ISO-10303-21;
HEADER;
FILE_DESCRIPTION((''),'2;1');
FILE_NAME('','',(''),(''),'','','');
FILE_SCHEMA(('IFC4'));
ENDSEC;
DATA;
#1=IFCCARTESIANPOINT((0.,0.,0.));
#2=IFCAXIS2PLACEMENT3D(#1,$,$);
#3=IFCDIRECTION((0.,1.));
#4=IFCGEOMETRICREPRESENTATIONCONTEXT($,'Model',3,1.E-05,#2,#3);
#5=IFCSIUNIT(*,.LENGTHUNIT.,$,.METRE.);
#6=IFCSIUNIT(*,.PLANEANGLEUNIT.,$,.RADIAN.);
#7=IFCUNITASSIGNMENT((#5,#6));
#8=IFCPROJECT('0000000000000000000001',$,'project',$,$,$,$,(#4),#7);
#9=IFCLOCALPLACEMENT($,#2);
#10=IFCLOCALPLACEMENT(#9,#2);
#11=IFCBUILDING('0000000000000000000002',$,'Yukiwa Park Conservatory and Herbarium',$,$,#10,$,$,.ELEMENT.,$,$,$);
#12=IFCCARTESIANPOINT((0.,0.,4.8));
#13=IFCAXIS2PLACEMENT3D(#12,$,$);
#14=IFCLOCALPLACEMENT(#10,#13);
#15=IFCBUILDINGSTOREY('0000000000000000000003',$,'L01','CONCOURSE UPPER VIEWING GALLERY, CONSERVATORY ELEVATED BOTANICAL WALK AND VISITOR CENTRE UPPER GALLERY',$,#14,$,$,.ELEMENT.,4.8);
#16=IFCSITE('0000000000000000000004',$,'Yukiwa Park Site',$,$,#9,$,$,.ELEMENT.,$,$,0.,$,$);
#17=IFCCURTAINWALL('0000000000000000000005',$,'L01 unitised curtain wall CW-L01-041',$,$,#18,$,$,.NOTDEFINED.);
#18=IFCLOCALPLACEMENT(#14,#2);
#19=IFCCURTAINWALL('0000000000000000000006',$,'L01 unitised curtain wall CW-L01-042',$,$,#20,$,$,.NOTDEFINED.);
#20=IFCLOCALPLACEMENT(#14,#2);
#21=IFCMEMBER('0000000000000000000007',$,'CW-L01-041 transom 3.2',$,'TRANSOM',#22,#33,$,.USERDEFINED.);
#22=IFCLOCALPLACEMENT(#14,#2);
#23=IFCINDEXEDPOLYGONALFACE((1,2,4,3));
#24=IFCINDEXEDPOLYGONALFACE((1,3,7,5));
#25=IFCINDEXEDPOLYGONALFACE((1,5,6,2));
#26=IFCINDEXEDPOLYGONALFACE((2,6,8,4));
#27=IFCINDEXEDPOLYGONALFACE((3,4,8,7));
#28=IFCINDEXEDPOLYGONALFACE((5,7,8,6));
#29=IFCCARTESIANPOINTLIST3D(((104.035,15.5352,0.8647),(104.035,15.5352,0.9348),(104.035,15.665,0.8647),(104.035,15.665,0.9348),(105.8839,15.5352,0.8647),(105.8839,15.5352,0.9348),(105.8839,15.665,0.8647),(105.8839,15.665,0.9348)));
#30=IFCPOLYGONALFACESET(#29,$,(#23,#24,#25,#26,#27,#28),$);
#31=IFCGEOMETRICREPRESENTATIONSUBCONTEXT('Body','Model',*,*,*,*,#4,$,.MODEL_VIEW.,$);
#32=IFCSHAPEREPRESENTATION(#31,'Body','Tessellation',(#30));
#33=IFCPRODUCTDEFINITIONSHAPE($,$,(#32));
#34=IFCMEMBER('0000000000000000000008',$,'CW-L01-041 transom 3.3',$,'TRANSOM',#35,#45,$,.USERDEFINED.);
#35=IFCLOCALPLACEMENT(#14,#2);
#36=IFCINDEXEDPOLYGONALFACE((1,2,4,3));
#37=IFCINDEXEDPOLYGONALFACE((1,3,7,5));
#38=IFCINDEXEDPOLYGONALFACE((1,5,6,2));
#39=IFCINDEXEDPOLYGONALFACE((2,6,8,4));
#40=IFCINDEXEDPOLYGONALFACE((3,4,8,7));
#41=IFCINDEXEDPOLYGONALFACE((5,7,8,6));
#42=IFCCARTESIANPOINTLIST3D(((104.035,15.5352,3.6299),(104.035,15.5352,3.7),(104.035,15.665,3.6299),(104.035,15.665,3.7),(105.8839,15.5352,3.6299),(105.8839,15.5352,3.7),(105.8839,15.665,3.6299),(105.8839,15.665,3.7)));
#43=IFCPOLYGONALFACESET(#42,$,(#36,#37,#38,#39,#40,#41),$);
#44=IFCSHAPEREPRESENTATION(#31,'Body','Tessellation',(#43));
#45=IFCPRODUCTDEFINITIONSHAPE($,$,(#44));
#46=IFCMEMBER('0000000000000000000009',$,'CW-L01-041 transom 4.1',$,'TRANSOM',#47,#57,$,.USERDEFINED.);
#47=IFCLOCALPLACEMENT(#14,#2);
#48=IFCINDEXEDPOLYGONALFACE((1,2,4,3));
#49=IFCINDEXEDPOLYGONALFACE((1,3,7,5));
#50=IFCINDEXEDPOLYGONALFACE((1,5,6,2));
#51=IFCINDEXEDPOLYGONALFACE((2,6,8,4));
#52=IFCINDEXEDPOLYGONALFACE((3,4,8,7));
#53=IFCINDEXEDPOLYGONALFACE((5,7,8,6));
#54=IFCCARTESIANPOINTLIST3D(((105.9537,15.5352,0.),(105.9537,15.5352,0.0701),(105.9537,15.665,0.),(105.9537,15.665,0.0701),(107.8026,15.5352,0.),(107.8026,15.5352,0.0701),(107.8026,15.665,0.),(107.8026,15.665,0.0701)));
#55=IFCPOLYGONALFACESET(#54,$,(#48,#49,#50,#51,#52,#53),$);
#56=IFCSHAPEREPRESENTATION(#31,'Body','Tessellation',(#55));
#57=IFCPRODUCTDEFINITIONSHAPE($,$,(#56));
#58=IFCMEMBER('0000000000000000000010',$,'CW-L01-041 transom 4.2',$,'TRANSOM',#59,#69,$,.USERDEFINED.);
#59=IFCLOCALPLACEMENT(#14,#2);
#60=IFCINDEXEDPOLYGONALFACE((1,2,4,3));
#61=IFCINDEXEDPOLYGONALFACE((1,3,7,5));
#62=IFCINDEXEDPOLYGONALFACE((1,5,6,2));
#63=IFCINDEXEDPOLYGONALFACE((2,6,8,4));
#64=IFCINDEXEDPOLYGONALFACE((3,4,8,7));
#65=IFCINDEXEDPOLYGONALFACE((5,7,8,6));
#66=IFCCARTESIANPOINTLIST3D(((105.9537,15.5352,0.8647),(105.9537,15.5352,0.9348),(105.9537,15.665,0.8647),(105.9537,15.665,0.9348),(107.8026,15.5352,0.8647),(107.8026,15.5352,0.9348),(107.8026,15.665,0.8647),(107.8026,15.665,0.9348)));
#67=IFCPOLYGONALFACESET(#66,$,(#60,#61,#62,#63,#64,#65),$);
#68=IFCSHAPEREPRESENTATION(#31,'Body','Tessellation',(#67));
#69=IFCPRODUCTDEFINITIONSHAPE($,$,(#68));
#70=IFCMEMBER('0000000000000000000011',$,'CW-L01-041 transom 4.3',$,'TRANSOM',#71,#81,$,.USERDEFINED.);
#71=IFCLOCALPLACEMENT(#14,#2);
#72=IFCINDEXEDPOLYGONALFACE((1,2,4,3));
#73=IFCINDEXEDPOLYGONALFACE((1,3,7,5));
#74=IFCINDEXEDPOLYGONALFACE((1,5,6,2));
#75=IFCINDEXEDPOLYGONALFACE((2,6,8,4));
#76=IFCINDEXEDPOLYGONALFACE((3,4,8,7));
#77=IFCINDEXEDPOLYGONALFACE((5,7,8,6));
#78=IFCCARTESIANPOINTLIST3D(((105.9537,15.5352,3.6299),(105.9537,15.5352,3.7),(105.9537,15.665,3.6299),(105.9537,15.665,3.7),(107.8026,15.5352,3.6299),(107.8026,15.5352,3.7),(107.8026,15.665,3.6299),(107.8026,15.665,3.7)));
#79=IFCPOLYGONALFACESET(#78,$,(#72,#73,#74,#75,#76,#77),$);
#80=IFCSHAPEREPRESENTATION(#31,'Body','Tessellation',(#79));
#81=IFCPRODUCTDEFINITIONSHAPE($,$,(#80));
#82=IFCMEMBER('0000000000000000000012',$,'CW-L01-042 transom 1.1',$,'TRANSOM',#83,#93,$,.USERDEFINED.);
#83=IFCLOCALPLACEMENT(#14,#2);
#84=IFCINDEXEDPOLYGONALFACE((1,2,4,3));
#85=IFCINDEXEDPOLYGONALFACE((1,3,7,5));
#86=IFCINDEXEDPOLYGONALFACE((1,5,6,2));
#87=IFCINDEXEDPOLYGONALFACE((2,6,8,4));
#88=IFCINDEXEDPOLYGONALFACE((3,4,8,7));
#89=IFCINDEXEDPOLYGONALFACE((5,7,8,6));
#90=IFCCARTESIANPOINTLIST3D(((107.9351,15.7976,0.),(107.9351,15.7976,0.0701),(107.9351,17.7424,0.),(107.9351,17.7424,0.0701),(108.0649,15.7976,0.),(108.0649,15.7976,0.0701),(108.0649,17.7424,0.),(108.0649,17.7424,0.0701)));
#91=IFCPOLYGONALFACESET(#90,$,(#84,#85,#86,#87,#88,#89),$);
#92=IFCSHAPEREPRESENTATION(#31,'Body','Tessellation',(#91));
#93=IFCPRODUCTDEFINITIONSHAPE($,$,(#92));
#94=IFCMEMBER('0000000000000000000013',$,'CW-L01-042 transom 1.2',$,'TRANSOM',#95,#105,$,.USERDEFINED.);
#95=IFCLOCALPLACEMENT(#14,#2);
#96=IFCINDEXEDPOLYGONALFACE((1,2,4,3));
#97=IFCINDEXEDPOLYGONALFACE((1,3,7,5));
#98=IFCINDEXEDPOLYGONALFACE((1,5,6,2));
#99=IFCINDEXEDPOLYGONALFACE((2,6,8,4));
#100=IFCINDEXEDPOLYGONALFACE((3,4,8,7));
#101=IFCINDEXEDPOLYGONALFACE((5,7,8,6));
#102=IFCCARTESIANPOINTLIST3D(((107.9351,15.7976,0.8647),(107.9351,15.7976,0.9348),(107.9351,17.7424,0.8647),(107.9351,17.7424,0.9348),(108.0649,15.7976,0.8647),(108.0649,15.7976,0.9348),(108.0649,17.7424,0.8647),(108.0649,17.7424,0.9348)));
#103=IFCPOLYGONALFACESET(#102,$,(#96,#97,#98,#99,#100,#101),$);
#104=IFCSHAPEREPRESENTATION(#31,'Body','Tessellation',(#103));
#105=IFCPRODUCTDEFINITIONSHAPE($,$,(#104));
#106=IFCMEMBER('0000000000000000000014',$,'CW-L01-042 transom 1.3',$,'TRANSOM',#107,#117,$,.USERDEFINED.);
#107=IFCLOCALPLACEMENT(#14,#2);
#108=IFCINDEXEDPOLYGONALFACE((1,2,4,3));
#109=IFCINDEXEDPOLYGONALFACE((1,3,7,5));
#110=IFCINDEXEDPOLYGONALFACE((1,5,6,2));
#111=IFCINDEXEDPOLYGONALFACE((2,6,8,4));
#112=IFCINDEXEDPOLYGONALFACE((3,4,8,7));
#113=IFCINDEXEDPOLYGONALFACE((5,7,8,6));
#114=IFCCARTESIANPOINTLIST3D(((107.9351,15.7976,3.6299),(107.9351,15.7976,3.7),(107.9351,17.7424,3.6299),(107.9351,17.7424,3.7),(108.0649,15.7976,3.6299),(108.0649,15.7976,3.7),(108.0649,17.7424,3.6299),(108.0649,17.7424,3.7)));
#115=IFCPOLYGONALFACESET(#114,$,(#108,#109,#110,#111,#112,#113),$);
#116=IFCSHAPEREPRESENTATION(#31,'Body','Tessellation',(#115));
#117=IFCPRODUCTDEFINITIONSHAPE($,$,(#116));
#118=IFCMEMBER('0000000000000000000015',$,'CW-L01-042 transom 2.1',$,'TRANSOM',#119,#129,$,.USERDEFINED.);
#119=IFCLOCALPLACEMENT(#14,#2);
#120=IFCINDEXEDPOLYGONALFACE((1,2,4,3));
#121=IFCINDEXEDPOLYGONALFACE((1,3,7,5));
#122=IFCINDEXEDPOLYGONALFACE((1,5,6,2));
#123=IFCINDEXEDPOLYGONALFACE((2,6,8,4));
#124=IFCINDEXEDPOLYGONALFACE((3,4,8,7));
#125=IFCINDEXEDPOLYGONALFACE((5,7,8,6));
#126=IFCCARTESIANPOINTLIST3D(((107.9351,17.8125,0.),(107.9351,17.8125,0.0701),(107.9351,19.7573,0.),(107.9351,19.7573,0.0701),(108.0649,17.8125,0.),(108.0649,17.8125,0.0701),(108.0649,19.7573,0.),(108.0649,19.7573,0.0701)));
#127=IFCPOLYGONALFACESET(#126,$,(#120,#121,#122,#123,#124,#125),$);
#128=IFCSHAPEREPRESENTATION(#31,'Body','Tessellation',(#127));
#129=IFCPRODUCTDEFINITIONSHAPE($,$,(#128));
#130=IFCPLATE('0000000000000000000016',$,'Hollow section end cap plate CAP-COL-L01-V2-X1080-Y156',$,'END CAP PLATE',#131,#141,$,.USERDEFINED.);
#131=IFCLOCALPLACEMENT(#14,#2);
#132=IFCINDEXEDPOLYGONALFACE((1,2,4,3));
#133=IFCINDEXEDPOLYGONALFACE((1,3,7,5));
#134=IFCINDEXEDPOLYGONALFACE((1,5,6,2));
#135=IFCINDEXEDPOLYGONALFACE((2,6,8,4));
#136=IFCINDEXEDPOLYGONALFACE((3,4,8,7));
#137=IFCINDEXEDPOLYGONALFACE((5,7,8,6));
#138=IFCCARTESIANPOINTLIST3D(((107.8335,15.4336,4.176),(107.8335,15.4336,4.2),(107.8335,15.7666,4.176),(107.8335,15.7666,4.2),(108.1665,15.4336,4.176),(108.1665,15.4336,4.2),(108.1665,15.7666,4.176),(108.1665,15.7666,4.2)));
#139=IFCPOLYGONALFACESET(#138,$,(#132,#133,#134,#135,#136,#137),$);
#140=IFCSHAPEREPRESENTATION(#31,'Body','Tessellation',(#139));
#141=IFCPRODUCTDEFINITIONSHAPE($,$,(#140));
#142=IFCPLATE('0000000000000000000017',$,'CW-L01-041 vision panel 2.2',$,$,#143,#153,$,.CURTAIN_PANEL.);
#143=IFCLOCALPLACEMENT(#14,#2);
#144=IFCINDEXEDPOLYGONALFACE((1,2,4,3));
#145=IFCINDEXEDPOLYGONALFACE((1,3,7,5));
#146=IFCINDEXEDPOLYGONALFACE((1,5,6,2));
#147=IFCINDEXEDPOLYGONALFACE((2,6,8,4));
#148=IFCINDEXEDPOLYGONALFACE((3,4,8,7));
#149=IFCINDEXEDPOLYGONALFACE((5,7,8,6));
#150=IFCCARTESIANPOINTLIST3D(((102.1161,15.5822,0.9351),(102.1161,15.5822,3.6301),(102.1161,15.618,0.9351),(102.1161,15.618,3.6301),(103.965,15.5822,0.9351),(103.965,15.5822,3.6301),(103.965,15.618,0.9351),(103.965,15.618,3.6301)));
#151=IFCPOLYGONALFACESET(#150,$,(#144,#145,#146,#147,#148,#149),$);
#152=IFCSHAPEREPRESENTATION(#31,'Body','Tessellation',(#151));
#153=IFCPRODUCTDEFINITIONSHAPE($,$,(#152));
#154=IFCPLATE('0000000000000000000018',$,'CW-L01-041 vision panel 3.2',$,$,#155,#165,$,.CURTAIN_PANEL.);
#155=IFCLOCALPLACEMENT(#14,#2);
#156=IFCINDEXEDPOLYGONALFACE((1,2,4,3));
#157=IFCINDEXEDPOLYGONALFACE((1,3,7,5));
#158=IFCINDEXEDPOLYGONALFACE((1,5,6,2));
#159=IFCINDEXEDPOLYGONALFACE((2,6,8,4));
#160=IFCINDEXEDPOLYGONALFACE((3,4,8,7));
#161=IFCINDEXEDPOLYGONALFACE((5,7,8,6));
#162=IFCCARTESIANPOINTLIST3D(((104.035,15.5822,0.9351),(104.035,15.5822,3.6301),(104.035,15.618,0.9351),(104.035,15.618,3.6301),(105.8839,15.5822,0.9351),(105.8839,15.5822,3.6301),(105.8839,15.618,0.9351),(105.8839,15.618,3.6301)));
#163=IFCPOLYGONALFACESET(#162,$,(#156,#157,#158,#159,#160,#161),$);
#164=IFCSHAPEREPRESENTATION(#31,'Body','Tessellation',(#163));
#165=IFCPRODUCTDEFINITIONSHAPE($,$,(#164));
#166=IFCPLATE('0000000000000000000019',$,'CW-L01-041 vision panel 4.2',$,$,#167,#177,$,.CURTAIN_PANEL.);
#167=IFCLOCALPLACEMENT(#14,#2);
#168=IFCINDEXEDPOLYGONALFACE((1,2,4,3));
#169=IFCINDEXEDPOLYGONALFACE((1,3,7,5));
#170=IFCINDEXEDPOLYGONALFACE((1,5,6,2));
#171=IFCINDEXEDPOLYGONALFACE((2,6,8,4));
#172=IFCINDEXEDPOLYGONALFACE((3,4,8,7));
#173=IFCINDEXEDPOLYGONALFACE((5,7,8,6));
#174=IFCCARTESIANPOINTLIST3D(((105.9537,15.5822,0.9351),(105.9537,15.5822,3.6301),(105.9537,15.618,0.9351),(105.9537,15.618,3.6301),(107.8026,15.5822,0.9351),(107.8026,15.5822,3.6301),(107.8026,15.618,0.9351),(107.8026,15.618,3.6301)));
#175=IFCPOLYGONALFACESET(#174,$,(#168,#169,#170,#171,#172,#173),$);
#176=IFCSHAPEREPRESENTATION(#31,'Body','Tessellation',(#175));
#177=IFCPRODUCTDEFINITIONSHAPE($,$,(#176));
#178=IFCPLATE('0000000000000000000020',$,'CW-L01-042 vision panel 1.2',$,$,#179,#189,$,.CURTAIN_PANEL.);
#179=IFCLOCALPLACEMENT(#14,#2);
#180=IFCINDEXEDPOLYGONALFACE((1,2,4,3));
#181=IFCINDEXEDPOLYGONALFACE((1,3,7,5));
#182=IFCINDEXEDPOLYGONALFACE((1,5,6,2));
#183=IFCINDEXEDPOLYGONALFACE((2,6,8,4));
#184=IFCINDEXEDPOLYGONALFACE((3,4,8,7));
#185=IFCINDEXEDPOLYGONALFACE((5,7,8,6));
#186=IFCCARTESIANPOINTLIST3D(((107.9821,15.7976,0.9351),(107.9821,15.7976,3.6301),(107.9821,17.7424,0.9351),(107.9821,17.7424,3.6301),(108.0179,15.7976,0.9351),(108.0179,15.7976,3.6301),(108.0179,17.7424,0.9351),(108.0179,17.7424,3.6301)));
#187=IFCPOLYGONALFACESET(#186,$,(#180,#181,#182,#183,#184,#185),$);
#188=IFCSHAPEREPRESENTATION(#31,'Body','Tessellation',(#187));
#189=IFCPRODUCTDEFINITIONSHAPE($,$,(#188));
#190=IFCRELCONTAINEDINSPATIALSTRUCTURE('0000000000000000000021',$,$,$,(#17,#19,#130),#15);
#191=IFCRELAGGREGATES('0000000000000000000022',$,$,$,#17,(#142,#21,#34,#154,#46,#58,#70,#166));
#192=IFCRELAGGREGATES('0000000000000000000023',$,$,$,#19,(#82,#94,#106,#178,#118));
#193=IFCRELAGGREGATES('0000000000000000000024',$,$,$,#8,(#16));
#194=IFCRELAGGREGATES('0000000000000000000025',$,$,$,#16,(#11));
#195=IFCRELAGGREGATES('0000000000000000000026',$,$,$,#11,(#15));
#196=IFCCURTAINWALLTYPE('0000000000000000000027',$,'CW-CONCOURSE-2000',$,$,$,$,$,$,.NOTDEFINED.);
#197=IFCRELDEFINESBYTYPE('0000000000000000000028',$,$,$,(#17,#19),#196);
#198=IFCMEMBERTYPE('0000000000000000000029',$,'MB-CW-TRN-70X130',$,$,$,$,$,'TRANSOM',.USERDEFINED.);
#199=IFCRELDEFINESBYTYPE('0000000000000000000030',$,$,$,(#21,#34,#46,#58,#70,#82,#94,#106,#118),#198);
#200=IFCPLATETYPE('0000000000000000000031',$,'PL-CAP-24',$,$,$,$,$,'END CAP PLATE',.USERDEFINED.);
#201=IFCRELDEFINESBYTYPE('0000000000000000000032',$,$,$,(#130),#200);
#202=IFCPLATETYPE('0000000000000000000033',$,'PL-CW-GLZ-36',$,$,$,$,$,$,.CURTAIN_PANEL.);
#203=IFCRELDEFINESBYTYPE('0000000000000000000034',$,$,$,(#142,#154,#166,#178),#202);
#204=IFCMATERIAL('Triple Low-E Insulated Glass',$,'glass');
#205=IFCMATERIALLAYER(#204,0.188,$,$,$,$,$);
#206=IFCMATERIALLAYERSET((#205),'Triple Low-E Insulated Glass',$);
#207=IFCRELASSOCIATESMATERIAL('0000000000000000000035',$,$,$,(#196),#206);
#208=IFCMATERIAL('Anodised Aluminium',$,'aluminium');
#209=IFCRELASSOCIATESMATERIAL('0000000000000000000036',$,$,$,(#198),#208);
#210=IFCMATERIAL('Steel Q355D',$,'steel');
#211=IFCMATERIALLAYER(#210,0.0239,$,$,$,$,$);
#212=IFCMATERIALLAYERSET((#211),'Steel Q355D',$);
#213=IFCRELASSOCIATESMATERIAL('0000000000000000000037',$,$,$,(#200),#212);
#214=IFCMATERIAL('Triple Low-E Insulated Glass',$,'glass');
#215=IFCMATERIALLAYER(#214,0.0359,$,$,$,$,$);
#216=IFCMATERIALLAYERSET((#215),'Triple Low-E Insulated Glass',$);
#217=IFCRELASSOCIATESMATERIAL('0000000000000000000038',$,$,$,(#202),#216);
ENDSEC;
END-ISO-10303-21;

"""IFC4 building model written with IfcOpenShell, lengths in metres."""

from ifc_helpers import new_model, si_unit, direction, frame, origin, origin_2d, place, context, subcontext, project, spatial, rectangle, extrude, material, layer, layer_set, type_object, element, aggregate, save


model = new_model("IFC4")

# Units and contexts
model_context = context("Model", 3, precision=1e-05, world=origin(), true_north=direction((0.0, 1.0)))
body_context = subcontext(model_context, "Body", "Model", "MODEL_VIEW")
ifc_project = project(units=[si_unit("LENGTHUNIT", "METRE"), si_unit("PLANEANGLEUNIT", "RADIAN")], contexts=[model_context])

# Site, building, storey
site_placement = place(None, origin())
site = spatial("IfcSite", under=ifc_project, at=site_placement, Name="Yukiwa Park Site", CompositionType="ELEMENT", RefElevation=0.0)
building_placement = place(site_placement, origin())
building = spatial("IfcBuilding", under=site, at=building_placement, Name="Yukiwa Park Conservatory and Herbarium", CompositionType="ELEMENT")
storey_placement = place(building_placement, frame((0.0, 0.0, 4.8)))
storey = spatial("IfcBuildingStorey", under=building, at=storey_placement, Name="L01", Description="CONCOURSE UPPER VIEWING GALLERY, CONSERVATORY ELEVATED BOTANICAL WALK AND VISITOR CENTRE UPPER GALLERY", CompositionType="ELEMENT", Elevation=4.8)

# Curtain walls
ifc_material_1 = material(Name="Triple Low-E Insulated Glass", Category="glass")
ifc_layer_1 = layer(ifc_material_1, 0.188)
ifc_layer_set_1 = layer_set([ifc_layer_1], Name="Triple Low-E Insulated Glass")
curtain_wall_type = type_object("IfcCurtainWallType", Name="CW-CONCOURSE-2000", PredefinedType="NOTDEFINED", material=ifc_layer_set_1)
curtain_wall_1_placement = place(storey_placement, origin())
curtain_wall_1 = element("IfcCurtainWall", 1, at=curtain_wall_1_placement, inside=storey, type_object=curtain_wall_type, Name="L01 unitised curtain wall CW-L01-041", PredefinedType="NOTDEFINED")
curtain_wall_2_placement = place(storey_placement, origin())
curtain_wall_2 = element("IfcCurtainWall", 2, at=curtain_wall_2_placement, inside=storey, type_object=curtain_wall_type, Name="L01 unitised curtain wall CW-L01-042", PredefinedType="NOTDEFINED")

# Members
ifc_material_2 = material(Name="Anodised Aluminium", Category="aluminium")
member_type_1 = type_object("IfcMemberType", Name="MB-CW-TRN-70X130", ElementType="TRANSOM", PredefinedType="USERDEFINED", material=ifc_material_2)
member_1_placement = place(storey_placement, frame((104.9595, 15.6001, 0.8647), z_axis=(0.0, 0.0, 1.0), x_axis=(1.0, 0.0, 0.0)))
member_1 = element("IfcMember", 3, at=member_1_placement, type_object=member_type_1, Name="CW-L01-041 transom 3.2", ObjectType="TRANSOM", PredefinedType="USERDEFINED", context=body_context, shape_type="SweptSolid", body=[
    extrude(rectangle(XDim=1.8489, YDim=0.1299, at=origin_2d()), origin(), (0.0, 0.0, 1.0), 0.0701),
])
member_2_placement = place(storey_placement, frame((104.9595, 15.6001, 3.6299), z_axis=(0.0, 0.0, 1.0), x_axis=(1.0, 0.0, 0.0)))
member_2 = element("IfcMember", 4, at=member_2_placement, type_object=member_type_1, Name="CW-L01-041 transom 3.3", ObjectType="TRANSOM", PredefinedType="USERDEFINED", context=body_context, shape_type="SweptSolid", body=[
    extrude(rectangle(XDim=1.8489, YDim=0.1299, at=origin_2d()), origin(), (0.0, 0.0, 1.0), 0.0701),
])
member_3_placement = place(storey_placement, frame((106.8782, 15.6001, 0.0), z_axis=(0.0, 0.0, 1.0), x_axis=(1.0, 0.0, 0.0)))
member_3 = element("IfcMember", 5, at=member_3_placement, type_object=member_type_1, Name="CW-L01-041 transom 4.1", ObjectType="TRANSOM", PredefinedType="USERDEFINED", context=body_context, shape_type="SweptSolid", body=[
    extrude(rectangle(XDim=1.8489, YDim=0.1299, at=origin_2d()), origin(), (0.0, 0.0, 1.0), 0.0701),
])
member_4_placement = place(storey_placement, frame((106.8782, 15.6001, 0.8647), z_axis=(0.0, 0.0, 1.0), x_axis=(1.0, 0.0, 0.0)))
member_4 = element("IfcMember", 6, at=member_4_placement, type_object=member_type_1, Name="CW-L01-041 transom 4.2", ObjectType="TRANSOM", PredefinedType="USERDEFINED", context=body_context, shape_type="SweptSolid", body=[
    extrude(rectangle(XDim=1.8489, YDim=0.1299, at=origin_2d()), origin(), (0.0, 0.0, 1.0), 0.0701),
])
member_5_placement = place(storey_placement, frame((106.8782, 15.6001, 3.6299), z_axis=(0.0, 0.0, 1.0), x_axis=(1.0, 0.0, 0.0)))
member_5 = element("IfcMember", 7, at=member_5_placement, type_object=member_type_1, Name="CW-L01-041 transom 4.3", ObjectType="TRANSOM", PredefinedType="USERDEFINED", context=body_context, shape_type="SweptSolid", body=[
    extrude(rectangle(XDim=1.8489, YDim=0.1299, at=origin_2d()), origin(), (0.0, 0.0, 1.0), 0.0701),
])
member_6_placement = place(storey_placement, frame((108.0, 16.77, 0.0), z_axis=(0.0, 0.0, 1.0), x_axis=(0.0, 1.0, 0.0)))
member_6 = element("IfcMember", 8, at=member_6_placement, type_object=member_type_1, Name="CW-L01-042 transom 1.1", ObjectType="TRANSOM", PredefinedType="USERDEFINED", context=body_context, shape_type="SweptSolid", body=[
    extrude(rectangle(XDim=1.9448, YDim=0.1299, at=origin_2d()), origin(), (0.0, 0.0, 1.0), 0.0701),
])
member_7_placement = place(storey_placement, frame((108.0, 16.77, 0.8647), z_axis=(0.0, 0.0, 1.0), x_axis=(0.0, 1.0, 0.0)))
member_7 = element("IfcMember", 9, at=member_7_placement, type_object=member_type_1, Name="CW-L01-042 transom 1.2", ObjectType="TRANSOM", PredefinedType="USERDEFINED", context=body_context, shape_type="SweptSolid", body=[
    extrude(rectangle(XDim=1.9448, YDim=0.1299, at=origin_2d()), origin(), (0.0, 0.0, 1.0), 0.0701),
])
member_8_placement = place(storey_placement, frame((108.0, 16.77, 3.6299), z_axis=(0.0, 0.0, 1.0), x_axis=(0.0, 1.0, 0.0)))
member_8 = element("IfcMember", 10, at=member_8_placement, type_object=member_type_1, Name="CW-L01-042 transom 1.3", ObjectType="TRANSOM", PredefinedType="USERDEFINED", context=body_context, shape_type="SweptSolid", body=[
    extrude(rectangle(XDim=1.9448, YDim=0.1299, at=origin_2d()), origin(), (0.0, 0.0, 1.0), 0.0701),
])
member_9_placement = place(storey_placement, frame((108.0, 18.7849, 0.0), z_axis=(0.0, 0.0, 1.0), x_axis=(0.0, 1.0, 0.0)))
member_9 = element("IfcMember", 11, at=member_9_placement, type_object=member_type_1, Name="CW-L01-042 transom 2.1", ObjectType="TRANSOM", PredefinedType="USERDEFINED", context=body_context, shape_type="SweptSolid", body=[
    extrude(rectangle(XDim=1.9448, YDim=0.1299, at=origin_2d()), origin(), (0.0, 0.0, 1.0), 0.0701),
])

# Plates
ifc_material_3 = material(Name="Steel Q355D", Category="steel")
ifc_layer_2 = layer(ifc_material_3, 0.0239)
ifc_layer_set_2 = layer_set([ifc_layer_2], Name="Steel Q355D")
plate_type_1 = type_object("IfcPlateType", Name="PL-CAP-24", ElementType="END CAP PLATE", PredefinedType="USERDEFINED", material=ifc_layer_set_2)
plate_1_placement = place(storey_placement, frame((108.0, 15.6001, 4.176), z_axis=(0.0, 0.0, 1.0), x_axis=(1.0, 0.0, 0.0)))
element("IfcPlate", 12, at=plate_1_placement, inside=storey, type_object=plate_type_1, Name="Hollow section end cap plate CAP-COL-L01-V2-X1080-Y156", ObjectType="END CAP PLATE", PredefinedType="USERDEFINED", context=body_context, shape_type="SweptSolid", body=[
    extrude(rectangle(XDim=0.333, YDim=0.333, at=origin_2d()), origin(), (0.0, 0.0, 1.0), 0.0239),
])
ifc_material_4 = material(Name="Triple Low-E Insulated Glass", Category="glass")
ifc_layer_3 = layer(ifc_material_4, 0.0359)
ifc_layer_set_3 = layer_set([ifc_layer_3], Name="Triple Low-E Insulated Glass")
plate_type_2 = type_object("IfcPlateType", Name="PL-CW-GLZ-36", PredefinedType="CURTAIN_PANEL", material=ifc_layer_set_3)
plate_2_placement = place(storey_placement, frame((103.0405, 15.6001, 0.9351), z_axis=(0.0, 0.0, 1.0), x_axis=(1.0, 0.0, 0.0)))
plate_2 = element("IfcPlate", 13, at=plate_2_placement, type_object=plate_type_2, Name="CW-L01-041 vision panel 2.2", PredefinedType="CURTAIN_PANEL", context=body_context, shape_type="SweptSolid", body=[
    extrude(rectangle(XDim=1.8489, YDim=0.0359, at=origin_2d()), origin(), (0.0, 0.0, 1.0), 2.6951),
])
plate_3_placement = place(storey_placement, frame((104.9595, 15.6001, 0.9351), z_axis=(0.0, 0.0, 1.0), x_axis=(1.0, 0.0, 0.0)))
plate_3 = element("IfcPlate", 14, at=plate_3_placement, type_object=plate_type_2, Name="CW-L01-041 vision panel 3.2", PredefinedType="CURTAIN_PANEL", context=body_context, shape_type="SweptSolid", body=[
    extrude(rectangle(XDim=1.8489, YDim=0.0359, at=origin_2d()), origin(), (0.0, 0.0, 1.0), 2.6951),
])
plate_4_placement = place(storey_placement, frame((106.8782, 15.6001, 0.9351), z_axis=(0.0, 0.0, 1.0), x_axis=(1.0, 0.0, 0.0)))
plate_4 = element("IfcPlate", 15, at=plate_4_placement, type_object=plate_type_2, Name="CW-L01-041 vision panel 4.2", PredefinedType="CURTAIN_PANEL", context=body_context, shape_type="SweptSolid", body=[
    extrude(rectangle(XDim=1.8489, YDim=0.0359, at=origin_2d()), origin(), (0.0, 0.0, 1.0), 2.6951),
])
plate_5_placement = place(storey_placement, frame((108.0, 16.77, 0.9351), z_axis=(0.0, 0.0, 1.0), x_axis=(0.0, 1.0, 0.0)))
plate_5 = element("IfcPlate", 16, at=plate_5_placement, type_object=plate_type_2, Name="CW-L01-042 vision panel 1.2", PredefinedType="CURTAIN_PANEL", context=body_context, shape_type="SweptSolid", body=[
    extrude(rectangle(XDim=1.9448, YDim=0.0359, at=origin_2d()), origin(), (0.0, 0.0, 1.0), 2.6951),
])
aggregate(curtain_wall_1, [plate_2, member_1, member_2, plate_3, member_3, member_4, member_5, plate_4])
aggregate(curtain_wall_2, [member_6, member_7, member_8, plate_5, member_9])

save(model, "model.ifc")
